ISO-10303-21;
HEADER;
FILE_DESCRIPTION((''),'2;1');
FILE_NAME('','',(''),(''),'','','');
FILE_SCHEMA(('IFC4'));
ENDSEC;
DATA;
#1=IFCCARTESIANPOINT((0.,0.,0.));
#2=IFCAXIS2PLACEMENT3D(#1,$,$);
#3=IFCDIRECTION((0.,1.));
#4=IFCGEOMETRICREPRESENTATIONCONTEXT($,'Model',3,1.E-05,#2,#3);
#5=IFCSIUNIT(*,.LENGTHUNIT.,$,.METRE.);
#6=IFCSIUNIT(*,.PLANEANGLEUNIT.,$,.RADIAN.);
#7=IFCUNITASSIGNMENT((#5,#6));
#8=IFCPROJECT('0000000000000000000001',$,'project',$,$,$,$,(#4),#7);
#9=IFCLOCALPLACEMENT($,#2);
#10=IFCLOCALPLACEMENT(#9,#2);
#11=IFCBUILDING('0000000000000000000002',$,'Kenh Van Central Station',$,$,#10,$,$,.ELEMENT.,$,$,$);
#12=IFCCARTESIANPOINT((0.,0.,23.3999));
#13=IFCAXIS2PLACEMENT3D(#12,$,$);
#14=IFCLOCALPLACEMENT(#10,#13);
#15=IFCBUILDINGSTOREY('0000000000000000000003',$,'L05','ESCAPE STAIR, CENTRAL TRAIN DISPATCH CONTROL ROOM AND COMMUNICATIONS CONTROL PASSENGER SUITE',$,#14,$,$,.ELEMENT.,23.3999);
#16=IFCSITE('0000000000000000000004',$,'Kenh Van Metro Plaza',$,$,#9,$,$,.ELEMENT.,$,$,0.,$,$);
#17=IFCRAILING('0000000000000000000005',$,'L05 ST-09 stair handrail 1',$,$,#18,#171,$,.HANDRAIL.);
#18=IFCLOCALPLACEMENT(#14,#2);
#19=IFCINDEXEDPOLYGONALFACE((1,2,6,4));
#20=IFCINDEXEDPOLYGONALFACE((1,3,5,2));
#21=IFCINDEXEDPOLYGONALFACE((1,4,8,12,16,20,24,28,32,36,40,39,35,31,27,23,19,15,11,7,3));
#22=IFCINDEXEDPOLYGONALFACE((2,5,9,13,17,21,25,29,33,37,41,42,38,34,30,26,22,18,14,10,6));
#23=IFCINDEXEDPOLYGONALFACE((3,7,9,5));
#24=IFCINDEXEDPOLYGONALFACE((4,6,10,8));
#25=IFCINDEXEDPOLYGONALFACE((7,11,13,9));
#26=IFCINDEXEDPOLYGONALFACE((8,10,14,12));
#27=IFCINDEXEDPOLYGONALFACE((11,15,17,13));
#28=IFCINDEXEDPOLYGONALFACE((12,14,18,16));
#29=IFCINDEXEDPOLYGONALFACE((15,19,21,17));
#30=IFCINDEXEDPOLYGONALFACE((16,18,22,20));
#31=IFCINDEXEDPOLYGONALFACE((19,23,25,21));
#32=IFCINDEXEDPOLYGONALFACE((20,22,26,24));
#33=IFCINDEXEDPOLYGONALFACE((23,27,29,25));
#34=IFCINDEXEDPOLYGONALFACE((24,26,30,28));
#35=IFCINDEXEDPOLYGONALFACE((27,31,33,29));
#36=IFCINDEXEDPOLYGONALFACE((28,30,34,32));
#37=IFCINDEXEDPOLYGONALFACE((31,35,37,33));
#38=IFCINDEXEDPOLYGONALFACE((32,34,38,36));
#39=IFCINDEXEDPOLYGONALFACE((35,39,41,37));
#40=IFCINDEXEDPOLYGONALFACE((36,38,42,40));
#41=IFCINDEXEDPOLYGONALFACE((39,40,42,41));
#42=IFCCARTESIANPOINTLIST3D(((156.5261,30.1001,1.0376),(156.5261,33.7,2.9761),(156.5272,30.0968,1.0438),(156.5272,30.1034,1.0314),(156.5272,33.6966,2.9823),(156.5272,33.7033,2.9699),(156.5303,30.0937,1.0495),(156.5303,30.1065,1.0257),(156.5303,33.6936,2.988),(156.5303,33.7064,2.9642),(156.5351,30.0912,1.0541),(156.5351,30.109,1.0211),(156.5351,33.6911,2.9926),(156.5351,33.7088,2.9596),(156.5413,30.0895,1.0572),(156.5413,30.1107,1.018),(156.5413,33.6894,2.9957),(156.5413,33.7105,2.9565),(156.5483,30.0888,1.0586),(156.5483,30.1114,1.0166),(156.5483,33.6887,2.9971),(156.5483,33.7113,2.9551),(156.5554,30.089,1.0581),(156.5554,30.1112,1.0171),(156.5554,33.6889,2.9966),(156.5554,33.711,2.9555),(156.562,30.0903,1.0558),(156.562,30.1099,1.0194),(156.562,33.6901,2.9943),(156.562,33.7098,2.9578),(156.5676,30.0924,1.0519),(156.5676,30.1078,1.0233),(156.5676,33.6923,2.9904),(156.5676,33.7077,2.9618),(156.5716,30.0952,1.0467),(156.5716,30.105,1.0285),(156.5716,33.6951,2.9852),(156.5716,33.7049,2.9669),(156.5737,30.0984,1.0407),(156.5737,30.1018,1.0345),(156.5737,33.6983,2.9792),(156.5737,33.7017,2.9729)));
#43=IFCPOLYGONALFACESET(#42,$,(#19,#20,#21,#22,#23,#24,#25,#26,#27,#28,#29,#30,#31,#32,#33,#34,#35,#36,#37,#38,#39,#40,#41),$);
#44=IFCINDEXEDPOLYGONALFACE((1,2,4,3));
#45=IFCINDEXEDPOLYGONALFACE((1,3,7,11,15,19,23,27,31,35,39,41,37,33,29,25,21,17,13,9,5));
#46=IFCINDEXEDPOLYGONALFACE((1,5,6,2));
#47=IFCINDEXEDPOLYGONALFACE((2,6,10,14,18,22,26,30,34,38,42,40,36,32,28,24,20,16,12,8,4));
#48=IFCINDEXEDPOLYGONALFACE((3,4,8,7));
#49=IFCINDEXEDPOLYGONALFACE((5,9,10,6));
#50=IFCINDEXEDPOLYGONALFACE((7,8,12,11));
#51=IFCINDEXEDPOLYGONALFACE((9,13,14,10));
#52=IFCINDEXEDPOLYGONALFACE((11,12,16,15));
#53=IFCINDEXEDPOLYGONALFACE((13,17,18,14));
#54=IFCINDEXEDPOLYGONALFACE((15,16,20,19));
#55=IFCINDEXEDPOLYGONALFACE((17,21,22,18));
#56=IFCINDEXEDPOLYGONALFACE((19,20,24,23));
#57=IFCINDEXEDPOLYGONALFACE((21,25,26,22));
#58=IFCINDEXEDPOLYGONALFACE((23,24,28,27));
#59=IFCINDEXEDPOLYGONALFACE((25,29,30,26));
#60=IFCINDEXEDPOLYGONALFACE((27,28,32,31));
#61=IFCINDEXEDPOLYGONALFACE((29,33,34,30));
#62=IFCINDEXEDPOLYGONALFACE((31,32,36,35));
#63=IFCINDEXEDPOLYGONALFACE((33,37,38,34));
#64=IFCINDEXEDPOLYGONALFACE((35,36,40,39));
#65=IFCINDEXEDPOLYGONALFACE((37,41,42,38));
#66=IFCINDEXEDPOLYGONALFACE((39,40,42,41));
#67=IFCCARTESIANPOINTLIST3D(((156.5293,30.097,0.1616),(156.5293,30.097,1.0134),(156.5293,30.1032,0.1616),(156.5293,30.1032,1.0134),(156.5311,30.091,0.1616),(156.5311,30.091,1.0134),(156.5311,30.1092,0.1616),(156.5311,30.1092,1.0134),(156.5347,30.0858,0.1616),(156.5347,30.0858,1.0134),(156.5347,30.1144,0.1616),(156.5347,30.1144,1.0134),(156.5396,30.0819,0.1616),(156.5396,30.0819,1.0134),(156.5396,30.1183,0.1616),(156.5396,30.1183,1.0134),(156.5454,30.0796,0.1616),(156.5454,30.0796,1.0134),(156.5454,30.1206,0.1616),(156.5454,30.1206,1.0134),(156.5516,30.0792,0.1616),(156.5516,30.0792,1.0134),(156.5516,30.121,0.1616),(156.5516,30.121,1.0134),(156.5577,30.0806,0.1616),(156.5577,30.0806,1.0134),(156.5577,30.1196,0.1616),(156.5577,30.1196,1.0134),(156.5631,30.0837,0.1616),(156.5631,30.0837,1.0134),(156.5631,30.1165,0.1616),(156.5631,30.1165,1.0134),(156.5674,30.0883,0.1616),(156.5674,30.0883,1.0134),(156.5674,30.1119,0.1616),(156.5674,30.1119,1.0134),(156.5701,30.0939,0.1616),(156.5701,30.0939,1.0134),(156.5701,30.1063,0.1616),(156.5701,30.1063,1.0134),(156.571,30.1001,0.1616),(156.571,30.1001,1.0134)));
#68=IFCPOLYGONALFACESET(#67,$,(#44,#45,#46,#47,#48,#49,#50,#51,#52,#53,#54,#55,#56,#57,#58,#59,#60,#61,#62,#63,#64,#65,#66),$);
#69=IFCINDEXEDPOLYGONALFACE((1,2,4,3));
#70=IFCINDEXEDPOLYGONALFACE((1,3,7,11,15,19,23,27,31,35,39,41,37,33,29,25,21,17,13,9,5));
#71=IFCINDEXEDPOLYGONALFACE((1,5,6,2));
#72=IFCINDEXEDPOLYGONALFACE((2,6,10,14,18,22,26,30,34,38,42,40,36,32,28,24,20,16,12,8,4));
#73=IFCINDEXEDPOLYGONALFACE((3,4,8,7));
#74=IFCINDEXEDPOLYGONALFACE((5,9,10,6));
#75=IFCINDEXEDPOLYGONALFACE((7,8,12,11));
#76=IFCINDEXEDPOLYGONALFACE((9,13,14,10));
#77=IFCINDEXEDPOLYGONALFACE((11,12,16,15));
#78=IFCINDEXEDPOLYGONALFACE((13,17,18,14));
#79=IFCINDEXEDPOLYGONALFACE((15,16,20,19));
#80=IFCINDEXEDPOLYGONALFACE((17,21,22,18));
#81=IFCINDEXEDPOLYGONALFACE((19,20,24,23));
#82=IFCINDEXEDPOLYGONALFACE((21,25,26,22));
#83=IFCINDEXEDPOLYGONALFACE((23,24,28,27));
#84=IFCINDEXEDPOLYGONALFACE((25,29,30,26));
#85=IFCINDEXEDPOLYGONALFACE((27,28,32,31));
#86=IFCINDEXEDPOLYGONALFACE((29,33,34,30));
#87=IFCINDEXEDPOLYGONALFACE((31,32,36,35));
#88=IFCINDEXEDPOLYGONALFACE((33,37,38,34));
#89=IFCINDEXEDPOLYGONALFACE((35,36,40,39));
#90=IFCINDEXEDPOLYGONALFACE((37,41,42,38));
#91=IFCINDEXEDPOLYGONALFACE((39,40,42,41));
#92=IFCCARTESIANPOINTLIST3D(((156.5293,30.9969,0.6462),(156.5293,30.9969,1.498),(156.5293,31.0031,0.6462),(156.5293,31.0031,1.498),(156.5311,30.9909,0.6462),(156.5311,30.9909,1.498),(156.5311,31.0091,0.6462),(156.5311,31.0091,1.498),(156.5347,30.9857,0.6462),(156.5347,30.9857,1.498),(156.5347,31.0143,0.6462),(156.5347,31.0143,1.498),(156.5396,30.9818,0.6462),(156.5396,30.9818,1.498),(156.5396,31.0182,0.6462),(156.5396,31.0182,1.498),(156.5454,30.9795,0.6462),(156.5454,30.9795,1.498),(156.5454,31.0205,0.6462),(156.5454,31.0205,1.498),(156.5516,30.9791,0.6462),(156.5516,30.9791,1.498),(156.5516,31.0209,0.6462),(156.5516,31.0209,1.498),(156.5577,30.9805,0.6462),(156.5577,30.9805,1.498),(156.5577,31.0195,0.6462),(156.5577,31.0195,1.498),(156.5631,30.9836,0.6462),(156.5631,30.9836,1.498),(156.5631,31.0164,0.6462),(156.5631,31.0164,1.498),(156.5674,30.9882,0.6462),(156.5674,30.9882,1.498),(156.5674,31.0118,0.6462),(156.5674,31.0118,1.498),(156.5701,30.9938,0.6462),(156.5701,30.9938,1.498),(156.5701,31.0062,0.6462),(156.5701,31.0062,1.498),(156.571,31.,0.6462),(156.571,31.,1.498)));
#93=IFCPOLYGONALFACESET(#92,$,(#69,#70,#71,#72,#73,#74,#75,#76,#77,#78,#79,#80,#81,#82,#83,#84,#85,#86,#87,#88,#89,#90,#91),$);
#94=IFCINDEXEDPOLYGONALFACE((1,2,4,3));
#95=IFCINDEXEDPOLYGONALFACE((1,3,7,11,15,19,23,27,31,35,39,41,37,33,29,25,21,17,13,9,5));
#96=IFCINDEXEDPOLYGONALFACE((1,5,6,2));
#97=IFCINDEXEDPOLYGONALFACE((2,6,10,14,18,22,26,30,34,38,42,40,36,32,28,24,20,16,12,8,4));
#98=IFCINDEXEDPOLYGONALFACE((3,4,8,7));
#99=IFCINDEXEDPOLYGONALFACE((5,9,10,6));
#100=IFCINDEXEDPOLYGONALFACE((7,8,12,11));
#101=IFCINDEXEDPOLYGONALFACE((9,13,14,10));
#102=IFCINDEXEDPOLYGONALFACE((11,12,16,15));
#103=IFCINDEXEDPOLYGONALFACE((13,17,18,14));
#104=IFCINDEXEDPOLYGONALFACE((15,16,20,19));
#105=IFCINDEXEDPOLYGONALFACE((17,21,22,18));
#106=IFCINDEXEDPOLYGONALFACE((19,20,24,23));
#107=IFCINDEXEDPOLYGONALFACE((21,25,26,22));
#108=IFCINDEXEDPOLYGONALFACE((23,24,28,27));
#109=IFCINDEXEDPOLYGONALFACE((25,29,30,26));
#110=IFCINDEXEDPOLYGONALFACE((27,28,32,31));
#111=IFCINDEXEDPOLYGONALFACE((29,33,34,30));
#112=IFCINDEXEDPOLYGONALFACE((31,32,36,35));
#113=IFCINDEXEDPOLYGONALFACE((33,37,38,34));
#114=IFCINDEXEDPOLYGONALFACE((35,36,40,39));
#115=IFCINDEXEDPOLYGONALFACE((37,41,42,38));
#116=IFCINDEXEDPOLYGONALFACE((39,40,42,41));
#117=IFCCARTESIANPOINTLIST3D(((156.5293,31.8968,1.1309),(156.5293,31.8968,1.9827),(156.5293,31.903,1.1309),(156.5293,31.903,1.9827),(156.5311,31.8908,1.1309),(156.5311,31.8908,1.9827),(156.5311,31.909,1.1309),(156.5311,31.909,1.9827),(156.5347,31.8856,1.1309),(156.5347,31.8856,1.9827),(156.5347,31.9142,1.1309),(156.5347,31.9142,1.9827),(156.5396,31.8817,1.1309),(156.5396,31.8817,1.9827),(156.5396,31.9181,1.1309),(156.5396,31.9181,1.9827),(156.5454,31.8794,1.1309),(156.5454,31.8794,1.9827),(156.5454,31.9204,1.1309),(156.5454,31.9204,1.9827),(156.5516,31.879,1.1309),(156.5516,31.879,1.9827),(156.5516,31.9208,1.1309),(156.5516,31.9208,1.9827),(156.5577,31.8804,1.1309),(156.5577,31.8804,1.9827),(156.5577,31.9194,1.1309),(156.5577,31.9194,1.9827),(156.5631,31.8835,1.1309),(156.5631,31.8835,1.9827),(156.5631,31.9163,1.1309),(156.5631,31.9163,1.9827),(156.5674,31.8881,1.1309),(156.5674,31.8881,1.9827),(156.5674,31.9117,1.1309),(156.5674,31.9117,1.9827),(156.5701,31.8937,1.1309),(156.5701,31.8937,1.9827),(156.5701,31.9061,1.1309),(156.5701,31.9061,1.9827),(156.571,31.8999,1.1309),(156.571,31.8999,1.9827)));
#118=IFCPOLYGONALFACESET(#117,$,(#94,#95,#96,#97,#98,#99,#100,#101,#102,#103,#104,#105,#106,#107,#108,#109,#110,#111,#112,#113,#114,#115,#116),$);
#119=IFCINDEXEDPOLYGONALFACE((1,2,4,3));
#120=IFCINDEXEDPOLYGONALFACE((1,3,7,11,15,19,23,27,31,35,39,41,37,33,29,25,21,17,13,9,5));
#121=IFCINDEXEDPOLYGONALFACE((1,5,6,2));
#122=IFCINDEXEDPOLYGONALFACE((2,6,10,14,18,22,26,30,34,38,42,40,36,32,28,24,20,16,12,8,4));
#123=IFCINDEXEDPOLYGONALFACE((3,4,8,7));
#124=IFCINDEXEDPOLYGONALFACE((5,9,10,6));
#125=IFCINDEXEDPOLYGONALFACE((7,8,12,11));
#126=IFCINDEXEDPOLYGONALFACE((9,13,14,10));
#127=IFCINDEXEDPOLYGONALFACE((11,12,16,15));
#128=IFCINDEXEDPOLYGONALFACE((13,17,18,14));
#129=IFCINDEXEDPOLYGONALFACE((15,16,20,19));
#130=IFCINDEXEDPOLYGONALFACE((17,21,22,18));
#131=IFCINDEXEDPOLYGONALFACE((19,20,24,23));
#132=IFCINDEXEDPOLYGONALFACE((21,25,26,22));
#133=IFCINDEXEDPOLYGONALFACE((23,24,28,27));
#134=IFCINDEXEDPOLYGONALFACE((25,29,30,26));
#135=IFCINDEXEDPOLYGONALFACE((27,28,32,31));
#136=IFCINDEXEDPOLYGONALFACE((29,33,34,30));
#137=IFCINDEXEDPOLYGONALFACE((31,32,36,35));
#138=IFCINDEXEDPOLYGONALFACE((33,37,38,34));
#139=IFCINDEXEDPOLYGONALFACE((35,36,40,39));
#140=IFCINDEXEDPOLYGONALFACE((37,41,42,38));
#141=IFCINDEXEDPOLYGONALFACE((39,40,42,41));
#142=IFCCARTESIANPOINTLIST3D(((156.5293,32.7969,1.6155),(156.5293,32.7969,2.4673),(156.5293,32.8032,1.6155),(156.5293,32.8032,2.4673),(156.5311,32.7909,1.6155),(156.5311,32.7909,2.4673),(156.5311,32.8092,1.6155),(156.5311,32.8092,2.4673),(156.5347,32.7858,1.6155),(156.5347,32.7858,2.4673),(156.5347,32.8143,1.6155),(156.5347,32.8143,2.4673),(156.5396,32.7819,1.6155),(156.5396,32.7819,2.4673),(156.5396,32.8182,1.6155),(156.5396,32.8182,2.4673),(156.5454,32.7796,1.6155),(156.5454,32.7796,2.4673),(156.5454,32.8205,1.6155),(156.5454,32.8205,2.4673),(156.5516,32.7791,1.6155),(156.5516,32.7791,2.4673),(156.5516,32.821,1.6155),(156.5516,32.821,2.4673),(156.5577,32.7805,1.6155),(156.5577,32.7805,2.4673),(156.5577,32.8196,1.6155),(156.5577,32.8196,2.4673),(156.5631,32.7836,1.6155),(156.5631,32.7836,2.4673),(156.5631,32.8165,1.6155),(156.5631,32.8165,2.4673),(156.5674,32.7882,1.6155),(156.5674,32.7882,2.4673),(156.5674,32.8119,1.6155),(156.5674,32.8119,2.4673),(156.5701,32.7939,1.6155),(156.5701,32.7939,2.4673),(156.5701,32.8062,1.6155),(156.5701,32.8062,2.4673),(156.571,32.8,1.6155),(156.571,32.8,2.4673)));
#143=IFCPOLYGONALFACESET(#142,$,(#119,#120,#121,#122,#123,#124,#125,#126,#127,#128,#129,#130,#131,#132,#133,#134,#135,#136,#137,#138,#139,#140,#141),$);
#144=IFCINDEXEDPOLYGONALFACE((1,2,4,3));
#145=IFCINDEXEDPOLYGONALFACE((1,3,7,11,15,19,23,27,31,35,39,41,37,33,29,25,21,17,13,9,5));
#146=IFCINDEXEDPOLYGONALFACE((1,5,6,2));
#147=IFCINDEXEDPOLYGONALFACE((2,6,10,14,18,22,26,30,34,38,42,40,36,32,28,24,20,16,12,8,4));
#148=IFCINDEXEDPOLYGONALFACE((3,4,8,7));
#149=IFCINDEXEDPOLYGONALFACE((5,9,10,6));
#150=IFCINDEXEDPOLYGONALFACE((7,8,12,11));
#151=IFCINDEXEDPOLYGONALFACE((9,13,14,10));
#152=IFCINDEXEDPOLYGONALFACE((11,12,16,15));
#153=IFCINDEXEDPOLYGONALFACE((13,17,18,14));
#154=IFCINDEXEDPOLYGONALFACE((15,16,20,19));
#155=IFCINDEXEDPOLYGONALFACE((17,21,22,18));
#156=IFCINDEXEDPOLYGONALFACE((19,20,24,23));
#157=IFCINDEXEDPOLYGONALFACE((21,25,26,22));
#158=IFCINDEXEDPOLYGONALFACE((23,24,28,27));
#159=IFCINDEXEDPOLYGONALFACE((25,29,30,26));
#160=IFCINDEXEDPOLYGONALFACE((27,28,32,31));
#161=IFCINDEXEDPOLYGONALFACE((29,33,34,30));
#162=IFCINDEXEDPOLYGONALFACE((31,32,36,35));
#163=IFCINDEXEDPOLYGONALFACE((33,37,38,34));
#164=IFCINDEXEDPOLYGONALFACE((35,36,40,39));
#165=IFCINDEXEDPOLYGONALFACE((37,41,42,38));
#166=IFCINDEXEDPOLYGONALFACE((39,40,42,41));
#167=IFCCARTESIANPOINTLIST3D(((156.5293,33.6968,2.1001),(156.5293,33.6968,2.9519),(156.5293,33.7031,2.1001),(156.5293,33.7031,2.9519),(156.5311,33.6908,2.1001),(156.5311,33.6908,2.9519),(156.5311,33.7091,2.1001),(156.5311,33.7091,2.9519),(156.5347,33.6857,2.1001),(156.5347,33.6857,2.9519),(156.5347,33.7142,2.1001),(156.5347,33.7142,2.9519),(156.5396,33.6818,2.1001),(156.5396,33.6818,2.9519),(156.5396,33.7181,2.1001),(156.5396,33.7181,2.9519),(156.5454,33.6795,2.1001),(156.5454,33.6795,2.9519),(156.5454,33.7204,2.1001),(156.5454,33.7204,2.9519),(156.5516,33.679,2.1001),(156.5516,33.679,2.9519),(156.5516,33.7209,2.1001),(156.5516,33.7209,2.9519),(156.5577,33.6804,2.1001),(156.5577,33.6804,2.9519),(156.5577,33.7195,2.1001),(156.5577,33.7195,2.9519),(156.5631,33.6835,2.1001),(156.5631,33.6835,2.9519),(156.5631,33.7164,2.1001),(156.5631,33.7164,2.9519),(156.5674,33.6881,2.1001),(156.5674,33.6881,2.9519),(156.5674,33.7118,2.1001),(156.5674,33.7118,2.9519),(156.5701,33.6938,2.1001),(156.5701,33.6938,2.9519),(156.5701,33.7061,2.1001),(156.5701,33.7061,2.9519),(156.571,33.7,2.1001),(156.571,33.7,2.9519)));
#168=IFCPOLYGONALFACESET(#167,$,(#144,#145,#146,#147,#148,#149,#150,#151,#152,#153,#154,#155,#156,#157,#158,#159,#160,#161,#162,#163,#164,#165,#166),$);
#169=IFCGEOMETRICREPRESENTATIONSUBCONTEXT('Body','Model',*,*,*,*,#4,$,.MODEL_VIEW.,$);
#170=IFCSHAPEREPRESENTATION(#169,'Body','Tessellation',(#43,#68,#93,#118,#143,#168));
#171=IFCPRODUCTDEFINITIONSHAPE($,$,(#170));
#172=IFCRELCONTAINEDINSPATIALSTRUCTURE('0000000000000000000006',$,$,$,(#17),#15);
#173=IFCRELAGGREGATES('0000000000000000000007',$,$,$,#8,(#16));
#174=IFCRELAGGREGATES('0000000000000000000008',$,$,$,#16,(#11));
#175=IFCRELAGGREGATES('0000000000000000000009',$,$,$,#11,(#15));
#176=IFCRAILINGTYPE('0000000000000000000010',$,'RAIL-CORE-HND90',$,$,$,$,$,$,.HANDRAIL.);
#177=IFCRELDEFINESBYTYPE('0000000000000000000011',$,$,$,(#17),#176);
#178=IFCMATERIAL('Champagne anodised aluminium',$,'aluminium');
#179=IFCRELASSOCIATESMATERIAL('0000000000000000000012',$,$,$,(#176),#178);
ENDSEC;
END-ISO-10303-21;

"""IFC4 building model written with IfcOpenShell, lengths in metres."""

from ifc_helpers import new_model, si_unit, direction, frame, origin, origin_2d, place, context, subcontext, project, spatial, circle, extrude, material, type_object, element, save


model = new_model("IFC4")

# Units and contexts
model_context = context("Model", 3, precision=1e-05, world=origin(), true_north=direction((0.0, 1.0)))
body_context = subcontext(model_context, "Body", "Model", "MODEL_VIEW")
ifc_project = project(units=[si_unit("LENGTHUNIT", "METRE"), si_unit("PLANEANGLEUNIT", "RADIAN")], contexts=[model_context])

# Site, building, storey
site_placement = place(None, origin())
site = spatial("IfcSite", under=ifc_project, at=site_placement, Name="Kenh Van Metro Plaza", CompositionType="ELEMENT", RefElevation=0.0)
building_placement = place(site_placement, origin())
building = spatial("IfcBuilding", under=site, at=building_placement, Name="Kenh Van Central Station", CompositionType="ELEMENT")
storey_placement = place(building_placement, frame((0.0, 0.0, 23.3999)))
storey = spatial("IfcBuildingStorey", under=building, at=storey_placement, Name="L05", Description="ESCAPE STAIR, CENTRAL TRAIN DISPATCH CONTROL ROOM AND COMMUNICATIONS CONTROL PASSENGER SUITE", CompositionType="ELEMENT", Elevation=23.3999)

# Shared definitions
ifc_material_1 = material(Name="Champagne anodised aluminium", Category="aluminium")

# Railing
railing_type_1 = type_object("IfcRailingType", Name="RAIL-CORE-HND90", PredefinedType="HANDRAIL", material=ifc_material_1)
railing_1_placement = place(storey_placement, frame((156.55, 30.1001, 0.1616)))
element("IfcRailing", 1, at=railing_1_placement, inside=storey, type_object=railing_type_1, Name="L05 ST-09 stair handrail 1", PredefinedType="HANDRAIL", context=body_context, shape_type="SweptSolid", body=[
    extrude(circle(Radius=0.0239, at=origin_2d()), frame((0.0, 0.0, 0.876), z_axis=(0.0, 0.880462, 0.474118), x_axis=(-1.0, 0.0, 0.0)), (0.0, 0.0, 1.0), 4.0886),
    extrude(circle(Radius=0.021, at=origin_2d()), origin(), (0.0, 0.0, 1.0), 0.8518),
    extrude(circle(Radius=0.021, at=origin_2d()), frame((0.0, 0.8999, 0.4846)), (0.0, 0.0, 1.0), 0.8518),
    extrude(circle(Radius=0.021, at=origin_2d()), frame((0.0, 1.7998, 0.9692)), (0.0, 0.0, 1.0), 0.8518),
    extrude(circle(Radius=0.021, at=origin_2d()), frame((0.0, 2.7, 1.4539)), (0.0, 0.0, 1.0), 0.8518),
    extrude(circle(Radius=0.021, at=origin_2d()), frame((0.0, 3.5999, 1.9385)), (0.0, 0.0, 1.0), 0.8518),
])

save(model, "model.ifc")
